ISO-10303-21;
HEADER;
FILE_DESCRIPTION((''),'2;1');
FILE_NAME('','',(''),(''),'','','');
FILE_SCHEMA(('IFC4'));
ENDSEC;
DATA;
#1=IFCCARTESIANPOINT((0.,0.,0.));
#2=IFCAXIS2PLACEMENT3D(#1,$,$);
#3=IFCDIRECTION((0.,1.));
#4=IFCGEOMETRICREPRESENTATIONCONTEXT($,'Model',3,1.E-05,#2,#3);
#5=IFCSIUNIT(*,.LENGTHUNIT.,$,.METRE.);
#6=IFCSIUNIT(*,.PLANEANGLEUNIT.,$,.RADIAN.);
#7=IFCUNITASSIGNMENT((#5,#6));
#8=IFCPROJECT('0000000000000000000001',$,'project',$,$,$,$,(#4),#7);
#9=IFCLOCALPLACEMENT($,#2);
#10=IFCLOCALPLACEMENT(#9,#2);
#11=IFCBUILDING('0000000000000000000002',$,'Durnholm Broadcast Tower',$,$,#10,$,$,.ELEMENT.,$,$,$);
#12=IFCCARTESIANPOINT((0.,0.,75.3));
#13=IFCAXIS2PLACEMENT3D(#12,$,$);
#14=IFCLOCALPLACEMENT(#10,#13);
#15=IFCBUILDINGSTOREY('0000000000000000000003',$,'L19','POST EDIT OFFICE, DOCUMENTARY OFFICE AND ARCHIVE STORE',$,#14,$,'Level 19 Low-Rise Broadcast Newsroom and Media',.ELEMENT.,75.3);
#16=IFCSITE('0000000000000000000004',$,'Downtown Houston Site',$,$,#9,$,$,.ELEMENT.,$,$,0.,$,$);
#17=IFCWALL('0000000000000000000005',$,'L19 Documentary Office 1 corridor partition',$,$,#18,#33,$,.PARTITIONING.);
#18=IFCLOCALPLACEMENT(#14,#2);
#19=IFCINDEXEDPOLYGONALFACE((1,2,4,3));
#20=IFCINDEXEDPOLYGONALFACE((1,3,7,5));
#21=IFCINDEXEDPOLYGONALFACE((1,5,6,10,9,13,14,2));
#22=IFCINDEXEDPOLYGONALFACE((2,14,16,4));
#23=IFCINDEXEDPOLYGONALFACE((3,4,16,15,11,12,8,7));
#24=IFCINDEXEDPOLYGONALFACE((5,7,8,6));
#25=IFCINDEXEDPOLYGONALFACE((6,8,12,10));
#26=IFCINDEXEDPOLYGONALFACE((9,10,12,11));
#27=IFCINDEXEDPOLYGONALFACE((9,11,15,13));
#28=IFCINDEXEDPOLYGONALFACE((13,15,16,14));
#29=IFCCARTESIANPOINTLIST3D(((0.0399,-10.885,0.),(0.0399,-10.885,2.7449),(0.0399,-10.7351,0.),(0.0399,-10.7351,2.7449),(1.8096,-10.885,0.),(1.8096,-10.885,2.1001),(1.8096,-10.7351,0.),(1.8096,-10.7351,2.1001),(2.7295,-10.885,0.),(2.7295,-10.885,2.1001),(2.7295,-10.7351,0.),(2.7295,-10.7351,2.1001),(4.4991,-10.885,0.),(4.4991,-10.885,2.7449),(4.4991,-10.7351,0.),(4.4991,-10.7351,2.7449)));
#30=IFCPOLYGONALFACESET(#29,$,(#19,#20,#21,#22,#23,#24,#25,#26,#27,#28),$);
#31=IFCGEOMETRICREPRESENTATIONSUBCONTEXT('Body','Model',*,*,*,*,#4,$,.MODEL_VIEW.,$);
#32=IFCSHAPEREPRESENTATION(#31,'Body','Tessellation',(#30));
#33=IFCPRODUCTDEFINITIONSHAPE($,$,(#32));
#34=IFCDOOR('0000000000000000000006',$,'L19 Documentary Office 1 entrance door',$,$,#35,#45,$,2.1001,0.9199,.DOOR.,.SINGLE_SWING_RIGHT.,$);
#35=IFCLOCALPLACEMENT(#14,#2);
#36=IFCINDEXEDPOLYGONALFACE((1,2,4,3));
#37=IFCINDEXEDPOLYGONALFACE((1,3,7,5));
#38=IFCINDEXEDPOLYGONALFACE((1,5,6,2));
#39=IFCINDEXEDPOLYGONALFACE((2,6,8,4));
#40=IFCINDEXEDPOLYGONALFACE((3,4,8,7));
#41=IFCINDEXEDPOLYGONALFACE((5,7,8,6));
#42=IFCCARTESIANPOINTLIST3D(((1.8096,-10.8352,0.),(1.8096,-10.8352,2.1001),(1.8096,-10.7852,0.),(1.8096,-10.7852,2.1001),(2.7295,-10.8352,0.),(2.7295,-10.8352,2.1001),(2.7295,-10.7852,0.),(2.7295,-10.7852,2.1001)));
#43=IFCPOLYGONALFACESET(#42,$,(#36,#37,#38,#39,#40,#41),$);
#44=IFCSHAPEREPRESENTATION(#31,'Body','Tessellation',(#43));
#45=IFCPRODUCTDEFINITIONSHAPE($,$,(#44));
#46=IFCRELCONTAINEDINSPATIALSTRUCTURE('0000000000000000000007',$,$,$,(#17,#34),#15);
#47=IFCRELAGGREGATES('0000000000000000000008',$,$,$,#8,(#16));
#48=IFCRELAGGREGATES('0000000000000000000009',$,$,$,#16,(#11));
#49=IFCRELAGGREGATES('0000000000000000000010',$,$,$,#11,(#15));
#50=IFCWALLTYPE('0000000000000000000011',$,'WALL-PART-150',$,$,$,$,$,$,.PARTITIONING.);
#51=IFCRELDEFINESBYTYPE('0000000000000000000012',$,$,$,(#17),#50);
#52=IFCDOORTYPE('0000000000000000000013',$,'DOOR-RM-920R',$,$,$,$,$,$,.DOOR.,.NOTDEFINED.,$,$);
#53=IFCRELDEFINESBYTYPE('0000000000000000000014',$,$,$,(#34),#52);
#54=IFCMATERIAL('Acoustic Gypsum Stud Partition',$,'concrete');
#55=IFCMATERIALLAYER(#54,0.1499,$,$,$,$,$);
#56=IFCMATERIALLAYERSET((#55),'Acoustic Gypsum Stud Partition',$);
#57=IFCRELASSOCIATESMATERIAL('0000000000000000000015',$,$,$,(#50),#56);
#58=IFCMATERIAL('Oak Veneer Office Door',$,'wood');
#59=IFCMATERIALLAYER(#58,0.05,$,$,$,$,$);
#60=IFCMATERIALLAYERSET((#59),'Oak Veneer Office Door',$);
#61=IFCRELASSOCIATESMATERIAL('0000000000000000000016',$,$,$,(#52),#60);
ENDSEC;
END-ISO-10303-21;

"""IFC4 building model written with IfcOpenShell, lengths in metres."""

from ifc_helpers import new_model, si_unit, direction, frame, frame_2d, origin, place, context, subcontext, project, spatial, rectangle, extrude, source, transform, mapped, material, layer, layer_set, type_object, type_shapes, element, fill, save


model = new_model("IFC4")

# Units and contexts
model_context = context("Model", 3, precision=1e-05, world=origin(), true_north=direction((0.0, 1.0)))
body_context = subcontext(model_context, "Body", "Model", "MODEL_VIEW")
ifc_project = project(units=[si_unit("LENGTHUNIT", "METRE"), si_unit("PLANEANGLEUNIT", "RADIAN")], contexts=[model_context])

# Site, building, storey
site_placement = place(None, origin())
site = spatial("IfcSite", under=ifc_project, at=site_placement, Name="Downtown Houston Site", CompositionType="ELEMENT", RefElevation=0.0)
building_placement = place(site_placement, origin())
building = spatial("IfcBuilding", under=site, at=building_placement, Name="Durnholm Broadcast Tower", CompositionType="ELEMENT")
storey_placement = place(building_placement, frame((0.0, 0.0, 75.3)))
storey = spatial("IfcBuildingStorey", under=building, at=storey_placement, Name="L19", Description="POST EDIT OFFICE, DOCUMENTARY OFFICE AND ARCHIVE STORE", LongName="Level 19 Low-Rise Broadcast Newsroom and Media", CompositionType="ELEMENT", Elevation=75.3)

# Shared definitions
ifc_material_1 = material(Name="Acoustic Gypsum Stud Partition", Category="concrete")
ifc_layer_1 = layer(ifc_material_1, 0.1499)
ifc_layer_set_1 = layer_set([ifc_layer_1], Name="Acoustic Gypsum Stud Partition")
wall_type_1 = type_object("IfcWallType", Name="WALL-PART-150", PredefinedType="PARTITIONING", material=ifc_layer_set_1)

# Wall, opening, door
wall_1_placement = place(storey_placement, frame((0.04, -10.8101, 0.0), z_axis=(0.0, 0.0, 1.0), x_axis=(1.0, 0.0, 0.0)))
wall_1 = element("IfcWall", 1, at=wall_1_placement, inside=storey, type_object=wall_type_1, Name="L19 Documentary Office 1 corridor partition", PredefinedType="PARTITIONING", context=body_context, shape_type="SweptSolid", body=[
    extrude(rectangle(XDim=4.4592, YDim=0.1499, at=frame_2d((2.2295, 0.0))), origin(), (0.0, 0.0, 1.0), 2.7449),
])
opening_1_placement = place(wall_1_placement, frame((1.7695, 0.0, 0.0)))
opening_1 = element("IfcOpeningElement", 2, at=opening_1_placement, cuts=wall_1, PredefinedType="OPENING", context=body_context, shape_type="SweptSolid", body=[
    extrude(rectangle(XDim=0.9199, YDim=2.1001, at=frame_2d((0.46, 1.05))), frame((0.0, 0.085, 0.0), z_axis=(0.0, -1.0, 0.0), x_axis=(1.0, 0.0, 0.0)), (0.0, 0.0, 1.0), 0.1699),
])
ifc_material_2 = material(Name="Oak Veneer Office Door", Category="wood")
ifc_layer_2 = layer(ifc_material_2, 0.05)
ifc_layer_set_2 = layer_set([ifc_layer_2], Name="Oak Veneer Office Door")
door_type_1 = type_object("IfcDoorType", Name="DOOR-RM-920R", OperationType="NOTDEFINED", PredefinedType="DOOR", material=ifc_layer_set_2)
shared_shape_1 = source(origin(), body_context, "Body", "SweptSolid", [
    extrude(rectangle(XDim=0.9199, YDim=2.1001, at=frame_2d((0.46, 1.05))), frame((0.0, 0.0249, 0.0), z_axis=(0.0, -1.0, 0.0), x_axis=(1.0, 0.0, 0.0)), (0.0, 0.0, 1.0), 0.05),
])
type_shapes(door_type_1, [shared_shape_1])
door_1_placement = place(opening_1_placement, origin())
door_1 = element("IfcDoor", 3, at=door_1_placement, inside=storey, type_object=door_type_1, Name="L19 Documentary Office 1 entrance door", OperationType="SINGLE_SWING_RIGHT", OverallHeight=2.1001, OverallWidth=0.9199, PredefinedType="DOOR", context=body_context, shape_type="MappedRepresentation", body=[
    mapped(shared_shape_1, transform((0.0, 0.0, 0.0), x_axis=(1.0, 0.0, 0.0), y_axis=(0.0, 1.0, 0.0), z_axis=(0.0, 0.0, 1.0), scale=1.0)),
])
fill(opening_1, door_1)

save(model, "model.ifc")
